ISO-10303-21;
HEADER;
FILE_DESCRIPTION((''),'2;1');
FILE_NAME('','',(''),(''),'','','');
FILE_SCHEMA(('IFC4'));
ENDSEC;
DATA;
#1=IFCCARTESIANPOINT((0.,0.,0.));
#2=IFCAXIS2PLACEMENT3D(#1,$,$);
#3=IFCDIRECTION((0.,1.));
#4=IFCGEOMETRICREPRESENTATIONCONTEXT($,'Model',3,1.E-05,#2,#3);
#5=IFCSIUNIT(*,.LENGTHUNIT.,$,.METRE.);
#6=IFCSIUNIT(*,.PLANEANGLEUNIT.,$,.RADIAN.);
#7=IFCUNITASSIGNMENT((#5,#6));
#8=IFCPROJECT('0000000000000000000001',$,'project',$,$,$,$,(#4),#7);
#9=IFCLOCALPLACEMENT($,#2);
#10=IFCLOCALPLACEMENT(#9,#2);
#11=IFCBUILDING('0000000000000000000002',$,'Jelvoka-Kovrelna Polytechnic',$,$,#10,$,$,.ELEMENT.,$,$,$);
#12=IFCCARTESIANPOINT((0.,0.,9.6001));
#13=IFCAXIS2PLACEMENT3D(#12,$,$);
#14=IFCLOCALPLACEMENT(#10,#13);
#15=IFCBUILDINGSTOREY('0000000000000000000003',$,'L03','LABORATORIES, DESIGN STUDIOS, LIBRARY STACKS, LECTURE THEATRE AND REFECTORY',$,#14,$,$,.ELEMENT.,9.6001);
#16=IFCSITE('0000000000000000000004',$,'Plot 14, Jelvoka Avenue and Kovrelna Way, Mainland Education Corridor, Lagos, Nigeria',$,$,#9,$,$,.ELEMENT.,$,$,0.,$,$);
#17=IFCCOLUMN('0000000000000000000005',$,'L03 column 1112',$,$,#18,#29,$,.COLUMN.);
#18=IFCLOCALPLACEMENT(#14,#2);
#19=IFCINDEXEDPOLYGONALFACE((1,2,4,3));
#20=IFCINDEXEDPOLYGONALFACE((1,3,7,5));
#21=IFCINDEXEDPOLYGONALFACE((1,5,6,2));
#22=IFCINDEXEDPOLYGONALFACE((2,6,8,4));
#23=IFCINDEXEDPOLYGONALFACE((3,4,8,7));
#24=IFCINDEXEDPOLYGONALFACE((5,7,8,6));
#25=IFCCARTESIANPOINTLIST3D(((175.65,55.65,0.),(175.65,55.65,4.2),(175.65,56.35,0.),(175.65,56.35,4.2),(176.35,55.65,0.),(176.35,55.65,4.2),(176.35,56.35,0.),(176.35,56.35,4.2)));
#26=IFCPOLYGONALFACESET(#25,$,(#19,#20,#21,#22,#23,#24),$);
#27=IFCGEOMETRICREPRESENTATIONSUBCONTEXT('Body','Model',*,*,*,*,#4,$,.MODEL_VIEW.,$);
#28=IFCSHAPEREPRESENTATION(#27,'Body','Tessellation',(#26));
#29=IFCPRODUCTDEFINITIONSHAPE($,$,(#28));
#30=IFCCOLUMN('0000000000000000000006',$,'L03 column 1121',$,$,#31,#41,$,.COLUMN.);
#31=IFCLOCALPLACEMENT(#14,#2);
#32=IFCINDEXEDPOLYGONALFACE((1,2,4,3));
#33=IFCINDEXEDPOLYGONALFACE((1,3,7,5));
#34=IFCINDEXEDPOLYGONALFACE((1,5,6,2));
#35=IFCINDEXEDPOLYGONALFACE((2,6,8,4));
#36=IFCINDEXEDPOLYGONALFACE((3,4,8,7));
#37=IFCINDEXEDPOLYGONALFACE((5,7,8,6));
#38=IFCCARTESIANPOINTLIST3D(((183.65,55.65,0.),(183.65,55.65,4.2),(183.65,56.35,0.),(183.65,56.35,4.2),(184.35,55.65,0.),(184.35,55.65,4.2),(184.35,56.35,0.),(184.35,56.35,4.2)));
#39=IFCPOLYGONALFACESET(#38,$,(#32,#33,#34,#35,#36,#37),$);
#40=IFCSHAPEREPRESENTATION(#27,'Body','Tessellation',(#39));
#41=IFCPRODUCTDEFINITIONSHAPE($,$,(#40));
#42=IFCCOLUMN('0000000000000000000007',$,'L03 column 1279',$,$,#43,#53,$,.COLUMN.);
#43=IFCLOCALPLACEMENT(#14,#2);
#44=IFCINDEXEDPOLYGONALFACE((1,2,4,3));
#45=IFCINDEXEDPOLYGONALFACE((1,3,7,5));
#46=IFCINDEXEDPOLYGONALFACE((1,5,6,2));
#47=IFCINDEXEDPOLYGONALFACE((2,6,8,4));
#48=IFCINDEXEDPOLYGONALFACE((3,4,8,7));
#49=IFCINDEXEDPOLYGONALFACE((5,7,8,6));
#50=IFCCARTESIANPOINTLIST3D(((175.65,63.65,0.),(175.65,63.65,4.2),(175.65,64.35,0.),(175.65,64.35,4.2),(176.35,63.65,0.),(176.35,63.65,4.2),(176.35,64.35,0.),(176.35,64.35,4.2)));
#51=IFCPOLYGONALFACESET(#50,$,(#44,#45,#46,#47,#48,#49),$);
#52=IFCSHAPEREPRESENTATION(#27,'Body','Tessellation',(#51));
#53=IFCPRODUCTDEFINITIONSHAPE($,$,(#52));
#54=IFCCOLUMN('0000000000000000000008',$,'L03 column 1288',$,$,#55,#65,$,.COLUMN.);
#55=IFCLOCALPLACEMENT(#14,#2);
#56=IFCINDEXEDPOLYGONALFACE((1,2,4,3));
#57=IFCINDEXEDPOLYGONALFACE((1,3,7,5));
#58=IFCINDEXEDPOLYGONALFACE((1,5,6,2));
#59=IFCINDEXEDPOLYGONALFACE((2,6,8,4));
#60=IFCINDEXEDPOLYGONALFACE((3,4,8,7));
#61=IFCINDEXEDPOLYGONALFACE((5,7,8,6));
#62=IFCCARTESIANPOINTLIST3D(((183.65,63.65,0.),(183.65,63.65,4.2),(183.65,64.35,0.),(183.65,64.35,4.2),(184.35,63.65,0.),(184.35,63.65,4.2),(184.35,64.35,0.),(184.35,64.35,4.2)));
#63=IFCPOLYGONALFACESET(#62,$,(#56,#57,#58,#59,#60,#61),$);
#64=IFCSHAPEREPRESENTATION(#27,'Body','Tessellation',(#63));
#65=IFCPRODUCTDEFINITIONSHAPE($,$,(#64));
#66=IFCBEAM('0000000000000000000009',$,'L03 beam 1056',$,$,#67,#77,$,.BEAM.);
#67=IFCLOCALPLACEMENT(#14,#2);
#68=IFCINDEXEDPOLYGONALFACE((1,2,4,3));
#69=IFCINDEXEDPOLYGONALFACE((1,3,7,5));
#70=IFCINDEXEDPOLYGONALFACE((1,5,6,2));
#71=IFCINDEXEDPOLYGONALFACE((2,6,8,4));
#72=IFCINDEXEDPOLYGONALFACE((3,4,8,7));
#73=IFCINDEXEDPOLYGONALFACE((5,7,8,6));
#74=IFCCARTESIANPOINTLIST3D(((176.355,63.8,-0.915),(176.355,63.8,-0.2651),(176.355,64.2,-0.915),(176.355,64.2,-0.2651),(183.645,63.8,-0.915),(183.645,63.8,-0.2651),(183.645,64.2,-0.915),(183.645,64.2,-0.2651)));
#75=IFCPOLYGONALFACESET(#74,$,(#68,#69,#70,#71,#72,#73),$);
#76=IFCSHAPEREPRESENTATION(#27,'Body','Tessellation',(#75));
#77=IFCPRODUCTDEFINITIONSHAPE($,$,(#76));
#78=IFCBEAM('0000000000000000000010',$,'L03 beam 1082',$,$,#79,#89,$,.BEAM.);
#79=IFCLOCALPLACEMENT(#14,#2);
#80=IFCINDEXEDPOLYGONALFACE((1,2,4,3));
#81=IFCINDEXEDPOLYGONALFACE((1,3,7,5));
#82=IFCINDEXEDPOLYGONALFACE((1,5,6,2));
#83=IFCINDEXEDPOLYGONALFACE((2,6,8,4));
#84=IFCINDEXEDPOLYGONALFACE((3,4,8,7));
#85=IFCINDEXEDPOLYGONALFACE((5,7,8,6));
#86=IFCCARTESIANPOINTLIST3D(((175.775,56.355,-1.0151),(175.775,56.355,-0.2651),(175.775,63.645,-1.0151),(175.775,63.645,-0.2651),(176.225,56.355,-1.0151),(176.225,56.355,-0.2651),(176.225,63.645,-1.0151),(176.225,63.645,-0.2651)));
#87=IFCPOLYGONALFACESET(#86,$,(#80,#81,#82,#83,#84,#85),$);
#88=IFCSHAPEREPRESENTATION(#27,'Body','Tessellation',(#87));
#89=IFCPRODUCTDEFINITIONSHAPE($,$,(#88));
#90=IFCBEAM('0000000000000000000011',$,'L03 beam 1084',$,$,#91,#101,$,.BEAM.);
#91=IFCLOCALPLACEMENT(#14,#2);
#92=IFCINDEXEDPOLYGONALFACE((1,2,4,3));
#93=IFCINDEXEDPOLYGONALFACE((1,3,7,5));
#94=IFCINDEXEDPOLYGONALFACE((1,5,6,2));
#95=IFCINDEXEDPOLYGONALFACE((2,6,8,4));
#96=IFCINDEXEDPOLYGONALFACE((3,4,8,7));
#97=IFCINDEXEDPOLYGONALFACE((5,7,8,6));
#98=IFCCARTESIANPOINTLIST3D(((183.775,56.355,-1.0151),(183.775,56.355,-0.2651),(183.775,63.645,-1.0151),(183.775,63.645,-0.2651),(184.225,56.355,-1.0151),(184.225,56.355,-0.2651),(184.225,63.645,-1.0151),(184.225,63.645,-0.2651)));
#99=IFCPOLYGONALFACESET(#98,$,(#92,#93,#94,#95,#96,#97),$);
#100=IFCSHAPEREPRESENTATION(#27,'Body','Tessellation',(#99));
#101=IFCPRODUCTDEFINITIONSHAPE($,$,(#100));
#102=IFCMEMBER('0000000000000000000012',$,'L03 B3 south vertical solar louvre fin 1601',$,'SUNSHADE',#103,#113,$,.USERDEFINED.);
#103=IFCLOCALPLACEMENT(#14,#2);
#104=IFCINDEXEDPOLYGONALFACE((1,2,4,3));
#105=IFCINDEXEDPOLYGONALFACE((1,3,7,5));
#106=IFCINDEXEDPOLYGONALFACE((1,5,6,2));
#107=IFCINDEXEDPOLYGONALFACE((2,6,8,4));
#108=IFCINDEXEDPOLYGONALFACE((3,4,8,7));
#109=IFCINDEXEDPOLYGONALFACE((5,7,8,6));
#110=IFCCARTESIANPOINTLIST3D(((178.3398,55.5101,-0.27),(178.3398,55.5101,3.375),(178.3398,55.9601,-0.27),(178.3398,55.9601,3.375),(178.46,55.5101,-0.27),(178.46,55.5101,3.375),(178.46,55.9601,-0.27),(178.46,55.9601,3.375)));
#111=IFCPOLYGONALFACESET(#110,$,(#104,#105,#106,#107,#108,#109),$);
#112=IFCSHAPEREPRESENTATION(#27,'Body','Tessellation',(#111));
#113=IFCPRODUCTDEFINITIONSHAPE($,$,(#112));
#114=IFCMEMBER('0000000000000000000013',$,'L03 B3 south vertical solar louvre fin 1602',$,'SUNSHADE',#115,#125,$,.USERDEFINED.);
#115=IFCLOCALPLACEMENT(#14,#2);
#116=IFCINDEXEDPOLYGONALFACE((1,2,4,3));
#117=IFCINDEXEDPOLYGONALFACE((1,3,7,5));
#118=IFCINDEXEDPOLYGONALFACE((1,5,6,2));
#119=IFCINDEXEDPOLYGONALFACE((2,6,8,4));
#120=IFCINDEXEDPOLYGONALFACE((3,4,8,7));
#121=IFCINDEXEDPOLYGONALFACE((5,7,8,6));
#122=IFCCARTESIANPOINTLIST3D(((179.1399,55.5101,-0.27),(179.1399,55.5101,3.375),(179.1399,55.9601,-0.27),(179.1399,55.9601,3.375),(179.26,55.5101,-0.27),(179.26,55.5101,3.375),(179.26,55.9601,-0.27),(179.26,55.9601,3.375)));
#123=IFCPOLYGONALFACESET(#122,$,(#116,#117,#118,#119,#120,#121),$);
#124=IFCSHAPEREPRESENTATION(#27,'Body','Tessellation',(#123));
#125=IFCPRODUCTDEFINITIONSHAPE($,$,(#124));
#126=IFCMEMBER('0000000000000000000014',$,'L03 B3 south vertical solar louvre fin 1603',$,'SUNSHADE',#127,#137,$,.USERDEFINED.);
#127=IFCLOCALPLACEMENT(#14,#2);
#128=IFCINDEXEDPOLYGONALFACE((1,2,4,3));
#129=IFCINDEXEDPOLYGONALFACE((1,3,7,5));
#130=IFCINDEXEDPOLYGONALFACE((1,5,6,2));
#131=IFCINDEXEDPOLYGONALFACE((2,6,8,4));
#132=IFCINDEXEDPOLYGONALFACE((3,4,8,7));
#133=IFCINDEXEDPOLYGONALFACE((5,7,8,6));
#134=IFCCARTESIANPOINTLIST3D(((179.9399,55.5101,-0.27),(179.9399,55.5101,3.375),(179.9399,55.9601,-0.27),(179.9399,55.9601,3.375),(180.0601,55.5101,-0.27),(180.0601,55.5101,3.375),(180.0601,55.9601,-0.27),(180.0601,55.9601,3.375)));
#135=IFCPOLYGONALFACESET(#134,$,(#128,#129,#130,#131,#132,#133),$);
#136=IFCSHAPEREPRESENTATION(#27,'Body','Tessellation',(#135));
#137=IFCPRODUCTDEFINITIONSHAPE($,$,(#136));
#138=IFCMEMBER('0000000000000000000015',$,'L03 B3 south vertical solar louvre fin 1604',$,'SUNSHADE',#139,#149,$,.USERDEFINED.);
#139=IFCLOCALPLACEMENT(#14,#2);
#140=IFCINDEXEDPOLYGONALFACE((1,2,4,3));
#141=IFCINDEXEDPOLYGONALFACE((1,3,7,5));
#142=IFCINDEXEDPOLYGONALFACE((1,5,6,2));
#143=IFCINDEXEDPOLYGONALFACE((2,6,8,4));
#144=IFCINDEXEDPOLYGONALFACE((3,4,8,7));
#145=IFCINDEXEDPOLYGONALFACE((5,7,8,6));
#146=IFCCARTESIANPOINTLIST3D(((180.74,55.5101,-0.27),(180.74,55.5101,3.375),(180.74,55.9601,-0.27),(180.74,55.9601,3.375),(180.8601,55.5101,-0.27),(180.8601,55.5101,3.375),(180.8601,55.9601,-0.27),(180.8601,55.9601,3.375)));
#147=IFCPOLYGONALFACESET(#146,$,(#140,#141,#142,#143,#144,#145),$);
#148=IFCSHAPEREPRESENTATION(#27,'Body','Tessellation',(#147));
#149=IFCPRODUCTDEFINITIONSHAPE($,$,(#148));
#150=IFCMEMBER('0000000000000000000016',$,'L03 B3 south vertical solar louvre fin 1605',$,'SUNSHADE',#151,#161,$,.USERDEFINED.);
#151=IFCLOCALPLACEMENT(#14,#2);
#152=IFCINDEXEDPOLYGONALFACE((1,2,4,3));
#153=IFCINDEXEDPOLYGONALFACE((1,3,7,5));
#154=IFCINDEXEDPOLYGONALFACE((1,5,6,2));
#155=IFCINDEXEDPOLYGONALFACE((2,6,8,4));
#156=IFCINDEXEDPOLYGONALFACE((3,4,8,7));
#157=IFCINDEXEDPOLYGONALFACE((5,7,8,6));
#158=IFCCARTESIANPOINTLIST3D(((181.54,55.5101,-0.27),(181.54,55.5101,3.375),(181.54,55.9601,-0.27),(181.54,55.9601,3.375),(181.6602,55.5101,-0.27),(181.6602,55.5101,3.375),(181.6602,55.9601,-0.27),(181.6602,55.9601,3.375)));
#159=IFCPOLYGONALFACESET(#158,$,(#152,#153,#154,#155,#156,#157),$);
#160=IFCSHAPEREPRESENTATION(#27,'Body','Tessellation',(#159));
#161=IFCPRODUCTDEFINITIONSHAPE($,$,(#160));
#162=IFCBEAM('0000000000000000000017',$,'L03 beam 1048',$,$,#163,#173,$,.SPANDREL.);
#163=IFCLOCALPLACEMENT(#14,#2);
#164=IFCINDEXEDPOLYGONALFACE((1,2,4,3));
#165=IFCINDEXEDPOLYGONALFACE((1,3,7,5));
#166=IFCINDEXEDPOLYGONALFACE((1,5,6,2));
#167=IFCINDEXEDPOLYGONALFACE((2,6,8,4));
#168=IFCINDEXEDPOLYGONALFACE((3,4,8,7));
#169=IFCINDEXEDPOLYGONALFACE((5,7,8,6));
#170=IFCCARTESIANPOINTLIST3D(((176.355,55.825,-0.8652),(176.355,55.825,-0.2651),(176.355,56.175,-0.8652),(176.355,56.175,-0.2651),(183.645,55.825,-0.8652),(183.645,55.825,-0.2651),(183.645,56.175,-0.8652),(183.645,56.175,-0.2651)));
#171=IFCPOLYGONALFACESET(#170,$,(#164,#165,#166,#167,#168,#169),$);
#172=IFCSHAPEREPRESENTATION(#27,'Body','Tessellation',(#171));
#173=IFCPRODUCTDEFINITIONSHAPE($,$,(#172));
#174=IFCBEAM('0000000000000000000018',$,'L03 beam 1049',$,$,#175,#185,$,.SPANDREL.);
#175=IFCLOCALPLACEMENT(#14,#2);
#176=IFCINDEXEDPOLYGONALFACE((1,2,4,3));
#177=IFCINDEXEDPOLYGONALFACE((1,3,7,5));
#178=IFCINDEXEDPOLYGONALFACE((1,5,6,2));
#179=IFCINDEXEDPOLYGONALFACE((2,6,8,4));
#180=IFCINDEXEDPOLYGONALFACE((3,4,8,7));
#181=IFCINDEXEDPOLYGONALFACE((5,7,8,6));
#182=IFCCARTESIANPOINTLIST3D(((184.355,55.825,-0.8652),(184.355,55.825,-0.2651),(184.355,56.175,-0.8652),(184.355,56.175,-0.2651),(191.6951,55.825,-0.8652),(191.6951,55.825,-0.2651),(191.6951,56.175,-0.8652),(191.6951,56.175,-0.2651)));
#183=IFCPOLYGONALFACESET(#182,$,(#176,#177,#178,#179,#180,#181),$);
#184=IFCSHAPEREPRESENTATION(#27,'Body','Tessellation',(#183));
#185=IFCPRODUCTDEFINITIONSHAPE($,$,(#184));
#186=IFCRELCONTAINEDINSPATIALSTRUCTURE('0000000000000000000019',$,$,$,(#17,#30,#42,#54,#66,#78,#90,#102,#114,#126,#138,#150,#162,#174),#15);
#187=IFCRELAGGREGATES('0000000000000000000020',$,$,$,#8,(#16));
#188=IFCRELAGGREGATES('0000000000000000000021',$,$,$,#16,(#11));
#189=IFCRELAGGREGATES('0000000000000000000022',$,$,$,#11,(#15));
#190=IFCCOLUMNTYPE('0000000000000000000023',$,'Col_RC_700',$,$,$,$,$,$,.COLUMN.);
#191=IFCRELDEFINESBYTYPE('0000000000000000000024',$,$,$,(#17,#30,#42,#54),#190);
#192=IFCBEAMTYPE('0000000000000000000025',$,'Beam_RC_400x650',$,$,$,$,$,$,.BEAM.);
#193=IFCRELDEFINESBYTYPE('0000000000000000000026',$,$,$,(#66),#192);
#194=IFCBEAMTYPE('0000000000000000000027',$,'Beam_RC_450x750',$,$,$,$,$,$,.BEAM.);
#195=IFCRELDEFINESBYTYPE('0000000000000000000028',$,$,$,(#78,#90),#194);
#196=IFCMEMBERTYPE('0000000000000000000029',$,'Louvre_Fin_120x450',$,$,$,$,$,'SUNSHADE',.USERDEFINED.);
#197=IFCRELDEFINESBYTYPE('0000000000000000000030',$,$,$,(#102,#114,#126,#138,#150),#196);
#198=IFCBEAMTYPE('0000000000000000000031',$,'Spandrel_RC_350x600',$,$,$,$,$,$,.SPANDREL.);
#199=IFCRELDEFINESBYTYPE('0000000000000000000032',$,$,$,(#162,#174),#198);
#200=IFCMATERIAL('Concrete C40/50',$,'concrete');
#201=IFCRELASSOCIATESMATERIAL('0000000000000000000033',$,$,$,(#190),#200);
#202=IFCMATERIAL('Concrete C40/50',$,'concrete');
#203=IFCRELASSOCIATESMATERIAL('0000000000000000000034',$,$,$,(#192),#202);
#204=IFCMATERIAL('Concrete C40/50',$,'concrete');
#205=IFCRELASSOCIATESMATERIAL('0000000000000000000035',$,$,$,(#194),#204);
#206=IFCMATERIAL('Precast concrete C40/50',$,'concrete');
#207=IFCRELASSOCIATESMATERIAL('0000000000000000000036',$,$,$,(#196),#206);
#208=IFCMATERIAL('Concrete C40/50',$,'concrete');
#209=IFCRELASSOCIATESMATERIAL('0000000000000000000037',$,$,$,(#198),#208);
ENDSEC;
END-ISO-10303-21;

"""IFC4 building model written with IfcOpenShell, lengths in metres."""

from ifc_helpers import new_model, si_unit, direction, frame, origin, origin_2d, place, context, subcontext, project, spatial, rectangle, extrude, material, material_profile, profile_set, type_object, element, save


model = new_model("IFC4")

# Units and contexts
model_context = context("Model", 3, precision=1e-05, world=origin(), true_north=direction((0.0, 1.0)))
body_context = subcontext(model_context, "Body", "Model", "MODEL_VIEW")
ifc_project = project(units=[si_unit("LENGTHUNIT", "METRE"), si_unit("PLANEANGLEUNIT", "RADIAN")], contexts=[model_context])

# Site, building, storey
site_placement = place(None, origin())
site = spatial("IfcSite", under=ifc_project, at=site_placement, Name="Plot 14, Jelvoka Avenue and Kovrelna Way, Mainland Education Corridor, Lagos, Nigeria", CompositionType="ELEMENT", RefElevation=0.0)
building_placement = place(site_placement, origin())
building = spatial("IfcBuilding", under=site, at=building_placement, Name="Jelvoka-Kovrelna Polytechnic", CompositionType="ELEMENT")
storey_placement = place(building_placement, frame((0.0, 0.0, 9.6001)))
storey = spatial("IfcBuildingStorey", under=building, at=storey_placement, Name="L03", Description="LABORATORIES, DESIGN STUDIOS, LIBRARY STACKS, LECTURE THEATRE AND REFECTORY", CompositionType="ELEMENT", Elevation=9.6001)

# Columns
ifc_material_1 = material(Name="Concrete C40/50", Category="concrete")
ifc_material_profile_1 = material_profile(ifc_material_1, rectangle(XDim=0.7, YDim=0.7, at=origin_2d()), Name="RC 700x700")
ifc_profile_set_1 = profile_set([ifc_material_profile_1], Name="Concrete C40/50")
column_type = type_object("IfcColumnType", Name="Col_RC_700", PredefinedType="COLUMN", material=ifc_profile_set_1)
for number, where, z_axis, x_axis, name in (
    (1, (176.0, 56.0, 0.0), (0.0, 0.0, 1.0), (1.0, 0.0, 0.0), "L03 column 1112"),
    (2, (184.0, 56.0, 0.0), (0.0, 0.0, 1.0), (1.0, 0.0, 0.0), "L03 column 1121"),
    (3, (176.0, 64.0, 0.0), (0.0, 0.0, 1.0), (1.0, 0.0, 0.0), "L03 column 1279"),
    (4, (184.0, 64.0, 0.0), (0.0, 0.0, 1.0), (1.0, 0.0, 0.0), "L03 column 1288"),
):
    element("IfcColumn", number, at=place(storey_placement, frame(where, z_axis=z_axis, x_axis=x_axis)), inside=storey, type_object=column_type, Name=name, PredefinedType="COLUMN", context=body_context, shape_type="SweptSolid", body=[
        extrude(rectangle(XDim=0.7, YDim=0.7, at=origin_2d()), origin(), (0.0, 0.0, 1.0), 4.2),
    ])

# Beams
ifc_material_2 = material(Name="Concrete C40/50", Category="concrete")
ifc_material_profile_2 = material_profile(ifc_material_2, rectangle(XDim=0.3999, YDim=0.6499, at=origin_2d()), Name="RC 400x650")
ifc_profile_set_2 = profile_set([ifc_material_profile_2], Name="Concrete C40/50")
beam_type_1 = type_object("IfcBeamType", Name="Beam_RC_400x650", PredefinedType="BEAM", material=ifc_profile_set_2)
beam_1_placement = place(storey_placement, frame((176.355, 64.0, -0.5901), z_axis=(1.0, 0.0, 0.0), x_axis=(0.0, 1.0, 0.0)))
element("IfcBeam", 5, at=beam_1_placement, inside=storey, type_object=beam_type_1, Name="L03 beam 1056", PredefinedType="BEAM", context=body_context, shape_type="SweptSolid", body=[
    extrude(rectangle(XDim=0.3999, YDim=0.6499, at=origin_2d()), origin(), (0.0, 0.0, 1.0), 7.29),
])
ifc_material_3 = material(Name="Concrete C40/50", Category="concrete")
ifc_material_profile_3 = material_profile(ifc_material_3, rectangle(XDim=0.45, YDim=0.75, at=origin_2d()), Name="RC 450x750")
ifc_profile_set_3 = profile_set([ifc_material_profile_3], Name="Concrete C40/50")
beam_type_2 = type_object("IfcBeamType", Name="Beam_RC_450x750", PredefinedType="BEAM", material=ifc_profile_set_3)
for number, where, z_axis, x_axis, name in (
    (6, (176.0, 56.355, -0.6401), (0.0, 1.0, 0.0), (-1.0, 0.0, 0.0), "L03 beam 1082"),
    (7, (184.0, 56.355, -0.6401), (0.0, 1.0, 0.0), (-1.0, 0.0, 0.0), "L03 beam 1084"),
):
    element("IfcBeam", number, at=place(storey_placement, frame(where, z_axis=z_axis, x_axis=x_axis)), inside=storey, type_object=beam_type_2, Name=name, PredefinedType="BEAM", context=body_context, shape_type="SweptSolid", body=[
        extrude(rectangle(XDim=0.45, YDim=0.75, at=origin_2d()), origin(), (0.0, 0.0, 1.0), 7.29),
    ])

# Members
ifc_material_4 = material(Name="Precast concrete C40/50", Category="concrete")
ifc_material_profile_4 = material_profile(ifc_material_4, rectangle(XDim=0.1201, YDim=0.45, at=origin_2d()), Name="PC 120x450")
ifc_profile_set_4 = profile_set([ifc_material_profile_4], Name="Precast concrete C40/50")
member_type = type_object("IfcMemberType", Name="Louvre_Fin_120x450", ElementType="SUNSHADE", PredefinedType="USERDEFINED", material=ifc_profile_set_4)
for number, where, z_axis, x_axis, name in (
    (8, (178.3999, 55.7351, -0.27), (0.0, 0.0, 1.0), (1.0, 0.0, 0.0), "L03 B3 south vertical solar louvre fin 1601"),
    (9, (179.2, 55.7351, -0.27), (0.0, 0.0, 1.0), (1.0, 0.0, 0.0), "L03 B3 south vertical solar louvre fin 1602"),
    (10, (180.0, 55.7351, -0.27), (0.0, 0.0, 1.0), (1.0, 0.0, 0.0), "L03 B3 south vertical solar louvre fin 1603"),
    (11, (180.8, 55.7351, -0.27), (0.0, 0.0, 1.0), (1.0, 0.0, 0.0), "L03 B3 south vertical solar louvre fin 1604"),
    (12, (181.6001, 55.7351, -0.27), (0.0, 0.0, 1.0), (1.0, 0.0, 0.0), "L03 B3 south vertical solar louvre fin 1605"),
):
    element("IfcMember", number, at=place(storey_placement, frame(where, z_axis=z_axis, x_axis=x_axis)), inside=storey, type_object=member_type, Name=name, ObjectType="SUNSHADE", PredefinedType="USERDEFINED", context=body_context, shape_type="SweptSolid", body=[
        extrude(rectangle(XDim=0.1201, YDim=0.45, at=origin_2d()), origin(), (0.0, 0.0, 1.0), 3.645),
    ])

# Beams
ifc_material_5 = material(Name="Concrete C40/50", Category="concrete")
ifc_material_profile_5 = material_profile(ifc_material_5, rectangle(XDim=0.3501, YDim=0.6001, at=origin_2d()), Name="RC 350x600")
ifc_profile_set_5 = profile_set([ifc_material_profile_5], Name="Concrete C40/50")
beam_type_3 = type_object("IfcBeamType", Name="Spandrel_RC_350x600", PredefinedType="SPANDREL", material=ifc_profile_set_5)
beam_2_placement = place(storey_placement, frame((176.355, 56.0, -0.5652), z_axis=(1.0, 0.0, 0.0), x_axis=(0.0, 1.0, 0.0)))
element("IfcBeam", 13, at=beam_2_placement, inside=storey, type_object=beam_type_3, Name="L03 beam 1048", PredefinedType="SPANDREL", context=body_context, shape_type="SweptSolid", body=[
    extrude(rectangle(XDim=0.3501, YDim=0.6001, at=origin_2d()), origin(), (0.0, 0.0, 1.0), 7.29),
])
beam_3_placement = place(storey_placement, frame((184.355, 56.0, -0.5652), z_axis=(1.0, 0.0, 0.0), x_axis=(0.0, 1.0, 0.0)))
element("IfcBeam", 14, at=beam_3_placement, inside=storey, type_object=beam_type_3, Name="L03 beam 1049", PredefinedType="SPANDREL", context=body_context, shape_type="SweptSolid", body=[
    extrude(rectangle(XDim=0.3501, YDim=0.6001, at=origin_2d()), origin(), (0.0, 0.0, 1.0), 7.3401),
])

save(model, "model.ifc")
